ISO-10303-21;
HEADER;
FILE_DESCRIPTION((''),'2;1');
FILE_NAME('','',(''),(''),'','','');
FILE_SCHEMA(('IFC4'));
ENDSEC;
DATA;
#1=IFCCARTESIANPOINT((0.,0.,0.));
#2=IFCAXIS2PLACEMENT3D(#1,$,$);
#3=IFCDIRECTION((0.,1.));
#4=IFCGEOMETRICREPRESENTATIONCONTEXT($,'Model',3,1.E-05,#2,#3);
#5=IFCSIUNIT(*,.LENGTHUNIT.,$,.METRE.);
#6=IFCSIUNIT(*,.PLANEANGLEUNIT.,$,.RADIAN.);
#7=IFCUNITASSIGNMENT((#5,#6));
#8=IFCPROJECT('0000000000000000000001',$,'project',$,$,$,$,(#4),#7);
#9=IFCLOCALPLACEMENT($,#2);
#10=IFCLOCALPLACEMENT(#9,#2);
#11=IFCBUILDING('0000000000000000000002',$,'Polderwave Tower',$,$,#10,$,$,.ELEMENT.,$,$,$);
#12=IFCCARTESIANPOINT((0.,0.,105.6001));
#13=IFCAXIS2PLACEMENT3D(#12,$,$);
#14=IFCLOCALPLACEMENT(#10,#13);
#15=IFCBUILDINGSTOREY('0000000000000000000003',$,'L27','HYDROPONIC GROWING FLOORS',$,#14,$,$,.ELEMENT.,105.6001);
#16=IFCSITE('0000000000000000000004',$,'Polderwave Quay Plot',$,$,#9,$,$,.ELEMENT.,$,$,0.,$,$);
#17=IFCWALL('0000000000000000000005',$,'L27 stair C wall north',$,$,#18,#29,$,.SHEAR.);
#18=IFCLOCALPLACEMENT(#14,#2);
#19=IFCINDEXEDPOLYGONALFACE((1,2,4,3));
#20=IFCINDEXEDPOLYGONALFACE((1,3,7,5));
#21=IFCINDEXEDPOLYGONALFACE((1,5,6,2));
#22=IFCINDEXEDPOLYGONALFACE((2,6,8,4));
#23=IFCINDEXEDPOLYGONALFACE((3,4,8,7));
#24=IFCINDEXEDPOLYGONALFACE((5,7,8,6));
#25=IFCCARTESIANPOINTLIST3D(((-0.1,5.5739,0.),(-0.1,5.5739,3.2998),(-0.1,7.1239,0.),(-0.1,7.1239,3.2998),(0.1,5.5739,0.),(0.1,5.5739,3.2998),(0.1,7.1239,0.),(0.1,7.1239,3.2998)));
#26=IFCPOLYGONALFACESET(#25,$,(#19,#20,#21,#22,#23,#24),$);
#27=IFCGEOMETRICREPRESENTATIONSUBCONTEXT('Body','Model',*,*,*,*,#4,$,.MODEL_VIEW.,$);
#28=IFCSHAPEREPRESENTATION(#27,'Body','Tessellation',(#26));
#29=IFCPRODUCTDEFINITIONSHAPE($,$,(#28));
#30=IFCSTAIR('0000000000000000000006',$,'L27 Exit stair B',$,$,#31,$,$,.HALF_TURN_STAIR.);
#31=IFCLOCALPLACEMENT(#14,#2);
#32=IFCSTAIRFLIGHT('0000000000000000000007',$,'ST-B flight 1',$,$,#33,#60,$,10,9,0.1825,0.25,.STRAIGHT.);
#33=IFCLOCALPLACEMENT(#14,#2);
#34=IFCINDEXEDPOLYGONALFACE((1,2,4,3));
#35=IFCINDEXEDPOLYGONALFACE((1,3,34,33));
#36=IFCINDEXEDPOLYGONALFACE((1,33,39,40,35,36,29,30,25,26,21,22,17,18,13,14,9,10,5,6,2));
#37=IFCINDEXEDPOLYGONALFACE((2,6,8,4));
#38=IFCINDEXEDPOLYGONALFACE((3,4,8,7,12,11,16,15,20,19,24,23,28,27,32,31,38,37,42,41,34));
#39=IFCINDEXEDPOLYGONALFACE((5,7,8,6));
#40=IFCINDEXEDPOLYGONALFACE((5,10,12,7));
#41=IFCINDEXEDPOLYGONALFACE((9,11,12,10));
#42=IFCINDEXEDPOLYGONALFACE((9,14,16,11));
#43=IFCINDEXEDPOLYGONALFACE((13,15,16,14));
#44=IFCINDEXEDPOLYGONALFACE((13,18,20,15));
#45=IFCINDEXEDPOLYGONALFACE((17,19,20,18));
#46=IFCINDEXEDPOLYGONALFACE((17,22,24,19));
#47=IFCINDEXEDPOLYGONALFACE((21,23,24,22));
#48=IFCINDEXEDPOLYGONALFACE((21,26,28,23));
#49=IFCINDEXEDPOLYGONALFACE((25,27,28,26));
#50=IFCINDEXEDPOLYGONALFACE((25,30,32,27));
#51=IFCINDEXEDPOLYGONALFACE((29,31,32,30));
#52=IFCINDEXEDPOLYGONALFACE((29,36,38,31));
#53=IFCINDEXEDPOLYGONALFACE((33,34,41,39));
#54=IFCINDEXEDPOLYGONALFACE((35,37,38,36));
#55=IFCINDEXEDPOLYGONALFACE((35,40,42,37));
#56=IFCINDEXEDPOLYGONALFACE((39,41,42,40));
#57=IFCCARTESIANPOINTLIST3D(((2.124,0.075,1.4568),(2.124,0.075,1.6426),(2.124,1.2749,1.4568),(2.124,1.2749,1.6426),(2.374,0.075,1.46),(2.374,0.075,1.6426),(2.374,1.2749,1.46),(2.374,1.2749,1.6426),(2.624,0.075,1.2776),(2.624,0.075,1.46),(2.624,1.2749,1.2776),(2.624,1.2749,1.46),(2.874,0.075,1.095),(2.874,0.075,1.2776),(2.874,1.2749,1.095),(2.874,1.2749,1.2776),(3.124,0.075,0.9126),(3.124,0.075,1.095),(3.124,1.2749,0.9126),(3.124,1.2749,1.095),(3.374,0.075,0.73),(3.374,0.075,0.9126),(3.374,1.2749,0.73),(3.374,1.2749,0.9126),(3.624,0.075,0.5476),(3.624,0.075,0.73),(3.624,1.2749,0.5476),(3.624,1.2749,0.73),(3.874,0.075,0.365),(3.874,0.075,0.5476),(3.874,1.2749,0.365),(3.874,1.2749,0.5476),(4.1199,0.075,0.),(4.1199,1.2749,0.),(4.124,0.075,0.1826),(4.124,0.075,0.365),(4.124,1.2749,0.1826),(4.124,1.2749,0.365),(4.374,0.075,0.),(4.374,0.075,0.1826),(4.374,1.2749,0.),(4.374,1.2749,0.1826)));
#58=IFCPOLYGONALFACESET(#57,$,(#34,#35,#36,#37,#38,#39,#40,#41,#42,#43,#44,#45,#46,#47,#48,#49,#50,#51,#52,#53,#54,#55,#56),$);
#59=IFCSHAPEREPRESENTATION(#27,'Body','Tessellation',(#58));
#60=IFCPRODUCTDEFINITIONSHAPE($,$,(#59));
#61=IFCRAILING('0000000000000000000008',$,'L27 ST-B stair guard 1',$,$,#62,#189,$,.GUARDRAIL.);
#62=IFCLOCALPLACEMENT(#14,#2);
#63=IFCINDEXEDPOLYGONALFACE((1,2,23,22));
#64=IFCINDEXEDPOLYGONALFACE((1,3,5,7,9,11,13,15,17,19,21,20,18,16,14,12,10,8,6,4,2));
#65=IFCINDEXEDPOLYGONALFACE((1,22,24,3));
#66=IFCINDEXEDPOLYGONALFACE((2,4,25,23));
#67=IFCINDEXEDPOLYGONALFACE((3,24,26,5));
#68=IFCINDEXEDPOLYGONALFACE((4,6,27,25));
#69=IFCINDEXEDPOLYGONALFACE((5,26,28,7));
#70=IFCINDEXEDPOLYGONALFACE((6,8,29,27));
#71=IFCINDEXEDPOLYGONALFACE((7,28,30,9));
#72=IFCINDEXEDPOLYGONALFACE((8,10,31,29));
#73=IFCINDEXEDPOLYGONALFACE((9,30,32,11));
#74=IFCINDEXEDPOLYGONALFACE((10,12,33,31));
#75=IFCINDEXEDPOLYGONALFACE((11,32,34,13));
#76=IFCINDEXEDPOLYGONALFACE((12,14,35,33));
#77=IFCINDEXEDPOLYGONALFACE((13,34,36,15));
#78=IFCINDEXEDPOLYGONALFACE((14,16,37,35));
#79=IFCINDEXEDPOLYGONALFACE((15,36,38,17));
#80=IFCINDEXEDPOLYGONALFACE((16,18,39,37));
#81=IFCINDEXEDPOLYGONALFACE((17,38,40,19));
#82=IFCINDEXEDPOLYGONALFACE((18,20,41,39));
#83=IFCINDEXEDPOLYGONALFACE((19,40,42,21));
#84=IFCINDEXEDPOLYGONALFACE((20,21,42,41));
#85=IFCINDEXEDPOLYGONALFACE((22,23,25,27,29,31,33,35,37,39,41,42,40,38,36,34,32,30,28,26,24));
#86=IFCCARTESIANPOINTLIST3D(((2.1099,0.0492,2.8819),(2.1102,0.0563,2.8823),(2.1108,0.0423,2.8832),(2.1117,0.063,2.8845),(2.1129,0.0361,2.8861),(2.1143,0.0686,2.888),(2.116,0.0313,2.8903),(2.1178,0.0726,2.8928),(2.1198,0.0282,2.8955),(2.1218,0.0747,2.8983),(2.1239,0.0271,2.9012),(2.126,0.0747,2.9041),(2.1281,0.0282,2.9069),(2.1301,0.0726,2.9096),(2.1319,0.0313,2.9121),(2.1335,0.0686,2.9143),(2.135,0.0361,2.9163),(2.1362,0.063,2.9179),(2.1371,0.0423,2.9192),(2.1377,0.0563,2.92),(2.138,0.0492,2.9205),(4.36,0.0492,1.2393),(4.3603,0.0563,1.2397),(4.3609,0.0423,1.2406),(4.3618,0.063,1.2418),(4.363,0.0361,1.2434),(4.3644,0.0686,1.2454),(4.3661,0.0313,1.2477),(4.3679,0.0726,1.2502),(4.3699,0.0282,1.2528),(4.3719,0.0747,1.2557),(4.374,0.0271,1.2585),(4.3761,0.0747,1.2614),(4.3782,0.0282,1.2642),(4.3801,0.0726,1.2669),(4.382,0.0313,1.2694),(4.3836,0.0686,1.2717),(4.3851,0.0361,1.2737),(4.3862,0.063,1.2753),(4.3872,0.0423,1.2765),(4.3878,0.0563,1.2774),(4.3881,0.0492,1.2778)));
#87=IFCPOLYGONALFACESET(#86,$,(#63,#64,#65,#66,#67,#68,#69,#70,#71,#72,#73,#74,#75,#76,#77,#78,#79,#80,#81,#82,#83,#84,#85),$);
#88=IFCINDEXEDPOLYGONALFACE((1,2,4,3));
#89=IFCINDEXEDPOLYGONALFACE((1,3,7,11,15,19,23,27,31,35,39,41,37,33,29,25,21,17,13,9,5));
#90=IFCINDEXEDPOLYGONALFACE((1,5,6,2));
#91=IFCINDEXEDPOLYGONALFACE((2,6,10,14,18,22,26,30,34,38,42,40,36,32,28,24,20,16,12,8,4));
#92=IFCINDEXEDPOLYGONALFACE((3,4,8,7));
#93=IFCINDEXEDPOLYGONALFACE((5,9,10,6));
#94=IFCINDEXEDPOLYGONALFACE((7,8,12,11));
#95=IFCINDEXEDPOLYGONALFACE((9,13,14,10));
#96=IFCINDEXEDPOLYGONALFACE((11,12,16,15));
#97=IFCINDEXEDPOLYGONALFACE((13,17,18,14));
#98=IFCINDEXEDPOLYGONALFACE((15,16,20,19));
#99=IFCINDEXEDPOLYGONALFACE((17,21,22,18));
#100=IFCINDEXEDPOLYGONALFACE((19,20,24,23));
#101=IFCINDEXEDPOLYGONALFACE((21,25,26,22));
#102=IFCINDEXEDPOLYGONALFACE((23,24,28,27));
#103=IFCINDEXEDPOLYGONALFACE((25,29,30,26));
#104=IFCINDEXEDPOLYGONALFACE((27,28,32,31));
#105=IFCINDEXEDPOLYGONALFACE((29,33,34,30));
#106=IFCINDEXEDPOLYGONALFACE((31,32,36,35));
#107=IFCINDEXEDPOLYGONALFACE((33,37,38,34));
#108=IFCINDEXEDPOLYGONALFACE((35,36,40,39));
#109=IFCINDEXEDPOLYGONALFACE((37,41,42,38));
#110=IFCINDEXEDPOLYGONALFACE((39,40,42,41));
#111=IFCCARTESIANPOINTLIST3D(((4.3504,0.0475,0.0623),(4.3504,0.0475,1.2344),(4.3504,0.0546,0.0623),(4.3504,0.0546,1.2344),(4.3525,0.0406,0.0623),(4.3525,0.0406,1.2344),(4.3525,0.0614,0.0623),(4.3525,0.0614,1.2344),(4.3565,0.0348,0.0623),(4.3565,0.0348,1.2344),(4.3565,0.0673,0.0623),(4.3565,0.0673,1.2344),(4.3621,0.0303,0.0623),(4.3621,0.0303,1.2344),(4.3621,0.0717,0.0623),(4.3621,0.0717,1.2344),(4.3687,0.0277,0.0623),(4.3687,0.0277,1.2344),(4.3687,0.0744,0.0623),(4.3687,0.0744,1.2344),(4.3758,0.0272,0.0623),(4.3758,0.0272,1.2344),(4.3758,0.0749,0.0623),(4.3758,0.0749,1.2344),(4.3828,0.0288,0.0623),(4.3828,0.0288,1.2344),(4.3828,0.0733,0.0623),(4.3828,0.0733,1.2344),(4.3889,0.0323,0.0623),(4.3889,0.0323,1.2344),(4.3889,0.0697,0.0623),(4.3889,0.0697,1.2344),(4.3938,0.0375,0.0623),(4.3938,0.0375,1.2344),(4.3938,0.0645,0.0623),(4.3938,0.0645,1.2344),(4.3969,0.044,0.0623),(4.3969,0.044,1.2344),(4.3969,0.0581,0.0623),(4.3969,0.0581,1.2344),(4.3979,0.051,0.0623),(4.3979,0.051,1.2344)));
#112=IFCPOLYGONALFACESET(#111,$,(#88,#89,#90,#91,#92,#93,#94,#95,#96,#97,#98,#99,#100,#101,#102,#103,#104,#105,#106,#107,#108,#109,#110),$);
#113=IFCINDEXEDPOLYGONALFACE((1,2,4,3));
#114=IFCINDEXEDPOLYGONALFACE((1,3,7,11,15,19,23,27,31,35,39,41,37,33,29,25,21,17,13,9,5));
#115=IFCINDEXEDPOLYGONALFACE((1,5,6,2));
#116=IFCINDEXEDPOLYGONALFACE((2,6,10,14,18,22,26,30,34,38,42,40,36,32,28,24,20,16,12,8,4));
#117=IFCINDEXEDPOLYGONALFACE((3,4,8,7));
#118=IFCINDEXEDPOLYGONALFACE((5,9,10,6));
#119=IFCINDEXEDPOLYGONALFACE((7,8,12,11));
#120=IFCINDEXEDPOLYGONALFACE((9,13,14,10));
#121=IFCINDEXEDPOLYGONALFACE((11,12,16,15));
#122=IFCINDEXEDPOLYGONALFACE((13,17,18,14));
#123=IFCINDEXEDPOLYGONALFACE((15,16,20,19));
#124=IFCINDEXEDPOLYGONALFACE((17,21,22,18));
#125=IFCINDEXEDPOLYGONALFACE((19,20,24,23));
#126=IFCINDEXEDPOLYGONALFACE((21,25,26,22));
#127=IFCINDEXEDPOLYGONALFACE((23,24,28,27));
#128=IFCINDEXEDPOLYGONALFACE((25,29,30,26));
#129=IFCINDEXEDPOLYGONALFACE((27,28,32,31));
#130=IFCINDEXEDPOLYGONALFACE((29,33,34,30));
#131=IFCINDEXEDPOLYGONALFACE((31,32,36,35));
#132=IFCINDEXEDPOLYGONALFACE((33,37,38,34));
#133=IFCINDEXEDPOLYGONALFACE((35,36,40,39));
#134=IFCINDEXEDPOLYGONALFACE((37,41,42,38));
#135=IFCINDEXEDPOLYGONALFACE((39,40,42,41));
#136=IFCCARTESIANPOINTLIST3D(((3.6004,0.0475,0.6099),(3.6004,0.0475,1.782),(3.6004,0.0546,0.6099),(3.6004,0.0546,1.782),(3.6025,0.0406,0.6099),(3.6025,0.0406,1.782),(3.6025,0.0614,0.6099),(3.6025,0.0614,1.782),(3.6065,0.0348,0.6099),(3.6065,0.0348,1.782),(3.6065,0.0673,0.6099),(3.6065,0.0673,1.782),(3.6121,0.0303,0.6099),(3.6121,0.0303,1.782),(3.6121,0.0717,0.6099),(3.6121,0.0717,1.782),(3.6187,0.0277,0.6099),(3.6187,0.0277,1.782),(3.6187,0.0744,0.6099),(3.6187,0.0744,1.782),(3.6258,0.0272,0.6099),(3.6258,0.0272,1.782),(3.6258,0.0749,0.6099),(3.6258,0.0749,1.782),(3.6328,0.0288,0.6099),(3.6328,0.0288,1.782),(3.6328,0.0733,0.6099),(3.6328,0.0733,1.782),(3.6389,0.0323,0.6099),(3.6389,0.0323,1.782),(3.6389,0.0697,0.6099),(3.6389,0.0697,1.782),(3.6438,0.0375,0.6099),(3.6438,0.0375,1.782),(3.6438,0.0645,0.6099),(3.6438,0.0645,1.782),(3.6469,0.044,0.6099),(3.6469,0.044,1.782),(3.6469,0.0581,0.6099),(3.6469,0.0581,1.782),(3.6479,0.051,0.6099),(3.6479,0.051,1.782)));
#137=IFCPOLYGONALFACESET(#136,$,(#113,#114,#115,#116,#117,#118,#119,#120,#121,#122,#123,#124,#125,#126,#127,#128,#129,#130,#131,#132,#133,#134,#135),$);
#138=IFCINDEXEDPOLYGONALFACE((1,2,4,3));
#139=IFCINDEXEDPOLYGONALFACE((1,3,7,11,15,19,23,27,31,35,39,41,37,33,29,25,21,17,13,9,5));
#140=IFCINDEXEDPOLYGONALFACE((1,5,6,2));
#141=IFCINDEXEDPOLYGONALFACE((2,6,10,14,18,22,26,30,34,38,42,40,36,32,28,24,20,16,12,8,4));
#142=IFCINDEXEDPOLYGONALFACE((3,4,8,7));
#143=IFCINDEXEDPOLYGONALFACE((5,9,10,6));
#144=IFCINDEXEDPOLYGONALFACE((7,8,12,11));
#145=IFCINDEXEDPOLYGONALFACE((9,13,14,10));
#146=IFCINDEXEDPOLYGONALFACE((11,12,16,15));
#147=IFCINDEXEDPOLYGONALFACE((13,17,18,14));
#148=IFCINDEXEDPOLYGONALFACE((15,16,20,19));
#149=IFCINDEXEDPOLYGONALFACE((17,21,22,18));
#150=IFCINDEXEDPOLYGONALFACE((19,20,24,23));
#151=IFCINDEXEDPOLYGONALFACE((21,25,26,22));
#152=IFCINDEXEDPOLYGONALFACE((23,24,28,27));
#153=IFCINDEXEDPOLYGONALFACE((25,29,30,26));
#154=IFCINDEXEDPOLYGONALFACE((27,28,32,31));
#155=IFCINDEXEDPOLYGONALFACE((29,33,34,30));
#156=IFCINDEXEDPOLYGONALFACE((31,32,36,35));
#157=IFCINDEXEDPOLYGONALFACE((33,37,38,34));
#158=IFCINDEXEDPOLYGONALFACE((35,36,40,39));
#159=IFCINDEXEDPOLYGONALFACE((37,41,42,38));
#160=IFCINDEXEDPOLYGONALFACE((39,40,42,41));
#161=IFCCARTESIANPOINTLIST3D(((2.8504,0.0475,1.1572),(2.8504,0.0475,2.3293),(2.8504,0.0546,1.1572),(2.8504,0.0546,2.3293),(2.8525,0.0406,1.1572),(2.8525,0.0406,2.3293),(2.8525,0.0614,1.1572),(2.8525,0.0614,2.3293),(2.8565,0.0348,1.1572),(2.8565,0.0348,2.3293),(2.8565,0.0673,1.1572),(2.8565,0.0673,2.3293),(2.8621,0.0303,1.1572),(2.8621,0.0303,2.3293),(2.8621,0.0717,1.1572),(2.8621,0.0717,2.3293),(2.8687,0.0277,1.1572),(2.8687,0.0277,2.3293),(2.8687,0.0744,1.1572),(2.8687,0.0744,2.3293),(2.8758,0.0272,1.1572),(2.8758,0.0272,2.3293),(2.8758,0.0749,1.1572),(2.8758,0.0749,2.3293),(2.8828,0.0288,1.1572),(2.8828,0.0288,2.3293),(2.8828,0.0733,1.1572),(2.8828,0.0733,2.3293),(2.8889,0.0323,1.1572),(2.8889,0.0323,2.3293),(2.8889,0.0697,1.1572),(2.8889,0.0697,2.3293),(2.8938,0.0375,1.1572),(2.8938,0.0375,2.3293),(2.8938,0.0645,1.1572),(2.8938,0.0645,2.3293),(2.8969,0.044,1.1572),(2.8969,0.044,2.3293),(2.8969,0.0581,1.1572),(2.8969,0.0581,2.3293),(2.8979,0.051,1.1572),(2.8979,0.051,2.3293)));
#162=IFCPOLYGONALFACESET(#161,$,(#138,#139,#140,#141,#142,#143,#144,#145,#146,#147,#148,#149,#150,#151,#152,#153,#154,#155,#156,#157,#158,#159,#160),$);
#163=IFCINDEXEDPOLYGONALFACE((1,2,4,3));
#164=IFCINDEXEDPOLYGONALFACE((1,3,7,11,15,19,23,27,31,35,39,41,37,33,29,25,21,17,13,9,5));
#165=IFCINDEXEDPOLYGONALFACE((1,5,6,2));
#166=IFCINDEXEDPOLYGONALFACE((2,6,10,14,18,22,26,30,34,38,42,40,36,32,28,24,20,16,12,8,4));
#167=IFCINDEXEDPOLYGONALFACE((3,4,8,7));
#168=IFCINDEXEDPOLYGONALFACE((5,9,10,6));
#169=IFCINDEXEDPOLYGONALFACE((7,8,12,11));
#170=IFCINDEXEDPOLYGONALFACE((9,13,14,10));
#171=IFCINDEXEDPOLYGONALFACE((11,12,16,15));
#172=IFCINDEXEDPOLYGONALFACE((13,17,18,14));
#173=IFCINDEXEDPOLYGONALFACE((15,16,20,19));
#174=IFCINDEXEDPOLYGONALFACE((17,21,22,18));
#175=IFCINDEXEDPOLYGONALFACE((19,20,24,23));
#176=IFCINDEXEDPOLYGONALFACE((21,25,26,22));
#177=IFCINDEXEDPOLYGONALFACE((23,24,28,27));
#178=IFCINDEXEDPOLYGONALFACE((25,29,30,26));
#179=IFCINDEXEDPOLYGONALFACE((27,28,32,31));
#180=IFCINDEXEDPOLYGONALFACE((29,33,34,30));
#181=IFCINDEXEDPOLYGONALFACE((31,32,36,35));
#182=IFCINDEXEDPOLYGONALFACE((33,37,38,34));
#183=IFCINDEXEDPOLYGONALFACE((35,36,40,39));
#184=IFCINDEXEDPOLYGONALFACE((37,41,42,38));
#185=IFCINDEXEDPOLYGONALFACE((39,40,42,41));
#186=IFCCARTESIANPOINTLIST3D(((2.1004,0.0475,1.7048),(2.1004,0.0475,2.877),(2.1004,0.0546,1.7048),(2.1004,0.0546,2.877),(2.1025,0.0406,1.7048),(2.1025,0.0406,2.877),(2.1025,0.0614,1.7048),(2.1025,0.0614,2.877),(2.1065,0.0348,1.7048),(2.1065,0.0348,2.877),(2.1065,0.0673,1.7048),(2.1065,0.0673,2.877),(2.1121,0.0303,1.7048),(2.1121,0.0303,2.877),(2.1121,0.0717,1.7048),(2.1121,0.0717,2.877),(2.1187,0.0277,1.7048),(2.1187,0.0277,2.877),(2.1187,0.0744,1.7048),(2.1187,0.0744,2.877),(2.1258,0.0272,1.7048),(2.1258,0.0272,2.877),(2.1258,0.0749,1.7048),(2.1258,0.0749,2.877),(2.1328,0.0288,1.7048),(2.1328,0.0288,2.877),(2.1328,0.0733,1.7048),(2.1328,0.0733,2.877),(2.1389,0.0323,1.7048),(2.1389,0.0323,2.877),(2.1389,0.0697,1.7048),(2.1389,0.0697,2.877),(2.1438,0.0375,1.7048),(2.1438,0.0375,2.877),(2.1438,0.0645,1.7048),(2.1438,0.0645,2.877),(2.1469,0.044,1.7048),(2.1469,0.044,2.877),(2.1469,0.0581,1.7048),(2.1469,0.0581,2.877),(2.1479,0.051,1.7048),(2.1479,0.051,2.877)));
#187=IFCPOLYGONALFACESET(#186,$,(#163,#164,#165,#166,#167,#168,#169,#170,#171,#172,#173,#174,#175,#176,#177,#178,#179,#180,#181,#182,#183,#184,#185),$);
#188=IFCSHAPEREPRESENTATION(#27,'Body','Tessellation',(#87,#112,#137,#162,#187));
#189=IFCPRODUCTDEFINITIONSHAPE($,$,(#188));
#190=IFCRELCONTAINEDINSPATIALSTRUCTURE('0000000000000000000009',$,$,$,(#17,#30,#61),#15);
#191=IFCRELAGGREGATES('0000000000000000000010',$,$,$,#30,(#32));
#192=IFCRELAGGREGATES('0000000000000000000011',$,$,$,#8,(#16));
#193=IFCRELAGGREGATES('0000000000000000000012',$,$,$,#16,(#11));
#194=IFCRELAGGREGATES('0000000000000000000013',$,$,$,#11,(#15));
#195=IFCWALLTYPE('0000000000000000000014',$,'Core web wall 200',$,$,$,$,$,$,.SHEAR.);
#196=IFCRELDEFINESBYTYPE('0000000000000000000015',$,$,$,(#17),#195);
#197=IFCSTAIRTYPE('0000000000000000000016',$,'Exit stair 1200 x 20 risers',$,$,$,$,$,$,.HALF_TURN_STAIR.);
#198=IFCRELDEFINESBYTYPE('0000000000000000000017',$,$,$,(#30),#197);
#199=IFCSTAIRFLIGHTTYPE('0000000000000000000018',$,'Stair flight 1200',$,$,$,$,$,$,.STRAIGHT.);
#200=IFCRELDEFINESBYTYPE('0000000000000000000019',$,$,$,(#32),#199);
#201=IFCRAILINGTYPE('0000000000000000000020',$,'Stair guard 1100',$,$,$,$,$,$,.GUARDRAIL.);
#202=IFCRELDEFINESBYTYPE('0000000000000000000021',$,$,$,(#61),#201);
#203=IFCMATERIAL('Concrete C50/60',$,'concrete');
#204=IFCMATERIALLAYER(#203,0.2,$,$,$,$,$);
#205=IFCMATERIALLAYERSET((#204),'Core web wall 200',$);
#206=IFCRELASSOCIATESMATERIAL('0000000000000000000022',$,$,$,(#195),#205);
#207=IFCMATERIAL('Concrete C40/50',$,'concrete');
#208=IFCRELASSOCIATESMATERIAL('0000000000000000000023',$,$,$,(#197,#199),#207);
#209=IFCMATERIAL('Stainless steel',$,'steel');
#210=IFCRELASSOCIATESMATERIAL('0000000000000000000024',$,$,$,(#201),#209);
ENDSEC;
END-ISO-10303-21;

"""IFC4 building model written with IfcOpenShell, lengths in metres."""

from ifc_helpers import new_model, si_unit, direction, frame, frame_2d, origin, origin_2d, place, context, subcontext, project, spatial, polyline, rectangle, circle, outline, extrude, material, layer, layer_set, type_object, element, aggregate, save


model = new_model("IFC4")

# Units and contexts
model_context = context("Model", 3, precision=1e-05, world=origin(), true_north=direction((0.0, 1.0)))
body_context = subcontext(model_context, "Body", "Model", "MODEL_VIEW")
ifc_project = project(units=[si_unit("LENGTHUNIT", "METRE"), si_unit("PLANEANGLEUNIT", "RADIAN")], contexts=[model_context])

# Site, building, storey
site_placement = place(None, origin())
site = spatial("IfcSite", under=ifc_project, at=site_placement, Name="Polderwave Quay Plot", CompositionType="ELEMENT", RefElevation=0.0)
building_placement = place(site_placement, origin())
building = spatial("IfcBuilding", under=site, at=building_placement, Name="Polderwave Tower", CompositionType="ELEMENT")
storey_placement = place(building_placement, frame((0.0, 0.0, 105.6001)))
storey = spatial("IfcBuildingStorey", under=building, at=storey_placement, Name="L27", Description="HYDROPONIC GROWING FLOORS", CompositionType="ELEMENT", Elevation=105.6001)

# Shared definitions
ifc_material_1 = material(Name="Concrete C50/60", Category="concrete")
ifc_layer_1 = layer(ifc_material_1, 0.2)
ifc_layer_set_1 = layer_set([ifc_layer_1], Name="Core web wall 200")
wall_type_1 = type_object("IfcWallType", Name="Core web wall 200", PredefinedType="SHEAR", material=ifc_layer_set_1)

# Wall
wall_1_placement = place(storey_placement, frame((0.0, 5.574, 0.0), z_axis=(0.0, 0.0, 1.0), x_axis=(0.0, 1.0, 0.0)))
element("IfcWall", 1, at=wall_1_placement, inside=storey, type_object=wall_type_1, Name="L27 stair C wall north", PredefinedType="SHEAR", context=body_context, shape_type="SweptSolid", body=[
    extrude(rectangle(XDim=1.55, YDim=0.2, at=frame_2d((0.7749, 0.0))), origin(), (0.0, 0.0, 1.0), 3.2998),
])

# Stair, stair flight
ifc_material_2 = material(Name="Concrete C40/50", Category="concrete")
stair_type = type_object("IfcStairType", Name="Exit stair 1200 x 20 risers", PredefinedType="HALF_TURN_STAIR", material=ifc_material_2)
stair_placement = place(storey_placement, origin())
stair = element("IfcStair", 2, at=stair_placement, inside=storey, type_object=stair_type, Name="L27 Exit stair B", PredefinedType="HALF_TURN_STAIR")
stair_flight_type = type_object("IfcStairFlightType", Name="Stair flight 1200", PredefinedType="STRAIGHT", material=ifc_material_2)
stair_flight_placement = place(storey_placement, frame((4.374, 0.675, 0.0), z_axis=(0.0, 0.0, 1.0), x_axis=(-1.0, 0.0, 0.0)))
stair_flight = element("IfcStairFlight", 3, at=stair_flight_placement, type_object=stair_flight_type, Name="ST-B flight 1", NumberOfRisers=10, NumberOfTreads=9, PredefinedType="STRAIGHT", RiserHeight=0.1825, TreadLength=0.25, context=body_context, shape_type="SweptSolid", body=[
    extrude(outline(polyline([(0.0, 0.0), (0.0, 0.1826), (0.25, 0.1826), (0.25, 0.365), (0.5, 0.365), (0.5, 0.5476), (0.75, 0.5476), (0.75, 0.73), (1.0, 0.73), (1.0, 0.9126), (1.25, 0.9126), (1.25, 1.095), (1.5, 1.095), (1.5, 1.2776), (1.75, 1.2776), (1.75, 1.46), (2.0, 1.46), (2.0, 1.6426), (2.25, 1.6426), (2.25, 1.825), (2.25, 1.4568), (0.2542, 0.0), (0.0, 0.0)])), frame((0.0, 0.6001, 0.0), z_axis=(0.0, -1.0, 0.0), x_axis=(1.0, 0.0, 0.0)), (0.0, 0.0, 1.0), 1.2),
])
aggregate(stair, [stair_flight])

# Railing
ifc_material_3 = material(Name="Stainless steel", Category="steel")
railing_type_1 = type_object("IfcRailingType", Name="Stair guard 1100", PredefinedType="GUARDRAIL", material=ifc_material_3)
railing_1_placement = place(storey_placement, frame((4.374, 0.051, 0.0623)))
element("IfcRailing", 4, at=railing_1_placement, inside=storey, type_object=railing_type_1, Name="L27 ST-B stair guard 1", PredefinedType="GUARDRAIL", context=body_context, shape_type="SweptSolid", body=[
    extrude(circle(Radius=0.0239, at=origin_2d()), frame((0.0, 0.0, 1.1963), z_axis=(-0.807674, 0.0, 0.58963), x_axis=(0.0, -1.0, 0.0)), (0.0, 0.0, 1.0), 2.7859),
    extrude(circle(Radius=0.0239, at=origin_2d()), origin(), (0.0, 0.0, 1.0), 1.1721),
    extrude(circle(Radius=0.0239, at=origin_2d()), frame((-0.75, 0.0, 0.5476)), (0.0, 0.0, 1.0), 1.1721),
    extrude(circle(Radius=0.0239, at=origin_2d()), frame((-1.5, 0.0, 1.095)), (0.0, 0.0, 1.0), 1.1721),
    extrude(circle(Radius=0.0239, at=origin_2d()), frame((-2.25, 0.0, 1.6426)), (0.0, 0.0, 1.0), 1.1721),
])

save(model, "model.ifc")
